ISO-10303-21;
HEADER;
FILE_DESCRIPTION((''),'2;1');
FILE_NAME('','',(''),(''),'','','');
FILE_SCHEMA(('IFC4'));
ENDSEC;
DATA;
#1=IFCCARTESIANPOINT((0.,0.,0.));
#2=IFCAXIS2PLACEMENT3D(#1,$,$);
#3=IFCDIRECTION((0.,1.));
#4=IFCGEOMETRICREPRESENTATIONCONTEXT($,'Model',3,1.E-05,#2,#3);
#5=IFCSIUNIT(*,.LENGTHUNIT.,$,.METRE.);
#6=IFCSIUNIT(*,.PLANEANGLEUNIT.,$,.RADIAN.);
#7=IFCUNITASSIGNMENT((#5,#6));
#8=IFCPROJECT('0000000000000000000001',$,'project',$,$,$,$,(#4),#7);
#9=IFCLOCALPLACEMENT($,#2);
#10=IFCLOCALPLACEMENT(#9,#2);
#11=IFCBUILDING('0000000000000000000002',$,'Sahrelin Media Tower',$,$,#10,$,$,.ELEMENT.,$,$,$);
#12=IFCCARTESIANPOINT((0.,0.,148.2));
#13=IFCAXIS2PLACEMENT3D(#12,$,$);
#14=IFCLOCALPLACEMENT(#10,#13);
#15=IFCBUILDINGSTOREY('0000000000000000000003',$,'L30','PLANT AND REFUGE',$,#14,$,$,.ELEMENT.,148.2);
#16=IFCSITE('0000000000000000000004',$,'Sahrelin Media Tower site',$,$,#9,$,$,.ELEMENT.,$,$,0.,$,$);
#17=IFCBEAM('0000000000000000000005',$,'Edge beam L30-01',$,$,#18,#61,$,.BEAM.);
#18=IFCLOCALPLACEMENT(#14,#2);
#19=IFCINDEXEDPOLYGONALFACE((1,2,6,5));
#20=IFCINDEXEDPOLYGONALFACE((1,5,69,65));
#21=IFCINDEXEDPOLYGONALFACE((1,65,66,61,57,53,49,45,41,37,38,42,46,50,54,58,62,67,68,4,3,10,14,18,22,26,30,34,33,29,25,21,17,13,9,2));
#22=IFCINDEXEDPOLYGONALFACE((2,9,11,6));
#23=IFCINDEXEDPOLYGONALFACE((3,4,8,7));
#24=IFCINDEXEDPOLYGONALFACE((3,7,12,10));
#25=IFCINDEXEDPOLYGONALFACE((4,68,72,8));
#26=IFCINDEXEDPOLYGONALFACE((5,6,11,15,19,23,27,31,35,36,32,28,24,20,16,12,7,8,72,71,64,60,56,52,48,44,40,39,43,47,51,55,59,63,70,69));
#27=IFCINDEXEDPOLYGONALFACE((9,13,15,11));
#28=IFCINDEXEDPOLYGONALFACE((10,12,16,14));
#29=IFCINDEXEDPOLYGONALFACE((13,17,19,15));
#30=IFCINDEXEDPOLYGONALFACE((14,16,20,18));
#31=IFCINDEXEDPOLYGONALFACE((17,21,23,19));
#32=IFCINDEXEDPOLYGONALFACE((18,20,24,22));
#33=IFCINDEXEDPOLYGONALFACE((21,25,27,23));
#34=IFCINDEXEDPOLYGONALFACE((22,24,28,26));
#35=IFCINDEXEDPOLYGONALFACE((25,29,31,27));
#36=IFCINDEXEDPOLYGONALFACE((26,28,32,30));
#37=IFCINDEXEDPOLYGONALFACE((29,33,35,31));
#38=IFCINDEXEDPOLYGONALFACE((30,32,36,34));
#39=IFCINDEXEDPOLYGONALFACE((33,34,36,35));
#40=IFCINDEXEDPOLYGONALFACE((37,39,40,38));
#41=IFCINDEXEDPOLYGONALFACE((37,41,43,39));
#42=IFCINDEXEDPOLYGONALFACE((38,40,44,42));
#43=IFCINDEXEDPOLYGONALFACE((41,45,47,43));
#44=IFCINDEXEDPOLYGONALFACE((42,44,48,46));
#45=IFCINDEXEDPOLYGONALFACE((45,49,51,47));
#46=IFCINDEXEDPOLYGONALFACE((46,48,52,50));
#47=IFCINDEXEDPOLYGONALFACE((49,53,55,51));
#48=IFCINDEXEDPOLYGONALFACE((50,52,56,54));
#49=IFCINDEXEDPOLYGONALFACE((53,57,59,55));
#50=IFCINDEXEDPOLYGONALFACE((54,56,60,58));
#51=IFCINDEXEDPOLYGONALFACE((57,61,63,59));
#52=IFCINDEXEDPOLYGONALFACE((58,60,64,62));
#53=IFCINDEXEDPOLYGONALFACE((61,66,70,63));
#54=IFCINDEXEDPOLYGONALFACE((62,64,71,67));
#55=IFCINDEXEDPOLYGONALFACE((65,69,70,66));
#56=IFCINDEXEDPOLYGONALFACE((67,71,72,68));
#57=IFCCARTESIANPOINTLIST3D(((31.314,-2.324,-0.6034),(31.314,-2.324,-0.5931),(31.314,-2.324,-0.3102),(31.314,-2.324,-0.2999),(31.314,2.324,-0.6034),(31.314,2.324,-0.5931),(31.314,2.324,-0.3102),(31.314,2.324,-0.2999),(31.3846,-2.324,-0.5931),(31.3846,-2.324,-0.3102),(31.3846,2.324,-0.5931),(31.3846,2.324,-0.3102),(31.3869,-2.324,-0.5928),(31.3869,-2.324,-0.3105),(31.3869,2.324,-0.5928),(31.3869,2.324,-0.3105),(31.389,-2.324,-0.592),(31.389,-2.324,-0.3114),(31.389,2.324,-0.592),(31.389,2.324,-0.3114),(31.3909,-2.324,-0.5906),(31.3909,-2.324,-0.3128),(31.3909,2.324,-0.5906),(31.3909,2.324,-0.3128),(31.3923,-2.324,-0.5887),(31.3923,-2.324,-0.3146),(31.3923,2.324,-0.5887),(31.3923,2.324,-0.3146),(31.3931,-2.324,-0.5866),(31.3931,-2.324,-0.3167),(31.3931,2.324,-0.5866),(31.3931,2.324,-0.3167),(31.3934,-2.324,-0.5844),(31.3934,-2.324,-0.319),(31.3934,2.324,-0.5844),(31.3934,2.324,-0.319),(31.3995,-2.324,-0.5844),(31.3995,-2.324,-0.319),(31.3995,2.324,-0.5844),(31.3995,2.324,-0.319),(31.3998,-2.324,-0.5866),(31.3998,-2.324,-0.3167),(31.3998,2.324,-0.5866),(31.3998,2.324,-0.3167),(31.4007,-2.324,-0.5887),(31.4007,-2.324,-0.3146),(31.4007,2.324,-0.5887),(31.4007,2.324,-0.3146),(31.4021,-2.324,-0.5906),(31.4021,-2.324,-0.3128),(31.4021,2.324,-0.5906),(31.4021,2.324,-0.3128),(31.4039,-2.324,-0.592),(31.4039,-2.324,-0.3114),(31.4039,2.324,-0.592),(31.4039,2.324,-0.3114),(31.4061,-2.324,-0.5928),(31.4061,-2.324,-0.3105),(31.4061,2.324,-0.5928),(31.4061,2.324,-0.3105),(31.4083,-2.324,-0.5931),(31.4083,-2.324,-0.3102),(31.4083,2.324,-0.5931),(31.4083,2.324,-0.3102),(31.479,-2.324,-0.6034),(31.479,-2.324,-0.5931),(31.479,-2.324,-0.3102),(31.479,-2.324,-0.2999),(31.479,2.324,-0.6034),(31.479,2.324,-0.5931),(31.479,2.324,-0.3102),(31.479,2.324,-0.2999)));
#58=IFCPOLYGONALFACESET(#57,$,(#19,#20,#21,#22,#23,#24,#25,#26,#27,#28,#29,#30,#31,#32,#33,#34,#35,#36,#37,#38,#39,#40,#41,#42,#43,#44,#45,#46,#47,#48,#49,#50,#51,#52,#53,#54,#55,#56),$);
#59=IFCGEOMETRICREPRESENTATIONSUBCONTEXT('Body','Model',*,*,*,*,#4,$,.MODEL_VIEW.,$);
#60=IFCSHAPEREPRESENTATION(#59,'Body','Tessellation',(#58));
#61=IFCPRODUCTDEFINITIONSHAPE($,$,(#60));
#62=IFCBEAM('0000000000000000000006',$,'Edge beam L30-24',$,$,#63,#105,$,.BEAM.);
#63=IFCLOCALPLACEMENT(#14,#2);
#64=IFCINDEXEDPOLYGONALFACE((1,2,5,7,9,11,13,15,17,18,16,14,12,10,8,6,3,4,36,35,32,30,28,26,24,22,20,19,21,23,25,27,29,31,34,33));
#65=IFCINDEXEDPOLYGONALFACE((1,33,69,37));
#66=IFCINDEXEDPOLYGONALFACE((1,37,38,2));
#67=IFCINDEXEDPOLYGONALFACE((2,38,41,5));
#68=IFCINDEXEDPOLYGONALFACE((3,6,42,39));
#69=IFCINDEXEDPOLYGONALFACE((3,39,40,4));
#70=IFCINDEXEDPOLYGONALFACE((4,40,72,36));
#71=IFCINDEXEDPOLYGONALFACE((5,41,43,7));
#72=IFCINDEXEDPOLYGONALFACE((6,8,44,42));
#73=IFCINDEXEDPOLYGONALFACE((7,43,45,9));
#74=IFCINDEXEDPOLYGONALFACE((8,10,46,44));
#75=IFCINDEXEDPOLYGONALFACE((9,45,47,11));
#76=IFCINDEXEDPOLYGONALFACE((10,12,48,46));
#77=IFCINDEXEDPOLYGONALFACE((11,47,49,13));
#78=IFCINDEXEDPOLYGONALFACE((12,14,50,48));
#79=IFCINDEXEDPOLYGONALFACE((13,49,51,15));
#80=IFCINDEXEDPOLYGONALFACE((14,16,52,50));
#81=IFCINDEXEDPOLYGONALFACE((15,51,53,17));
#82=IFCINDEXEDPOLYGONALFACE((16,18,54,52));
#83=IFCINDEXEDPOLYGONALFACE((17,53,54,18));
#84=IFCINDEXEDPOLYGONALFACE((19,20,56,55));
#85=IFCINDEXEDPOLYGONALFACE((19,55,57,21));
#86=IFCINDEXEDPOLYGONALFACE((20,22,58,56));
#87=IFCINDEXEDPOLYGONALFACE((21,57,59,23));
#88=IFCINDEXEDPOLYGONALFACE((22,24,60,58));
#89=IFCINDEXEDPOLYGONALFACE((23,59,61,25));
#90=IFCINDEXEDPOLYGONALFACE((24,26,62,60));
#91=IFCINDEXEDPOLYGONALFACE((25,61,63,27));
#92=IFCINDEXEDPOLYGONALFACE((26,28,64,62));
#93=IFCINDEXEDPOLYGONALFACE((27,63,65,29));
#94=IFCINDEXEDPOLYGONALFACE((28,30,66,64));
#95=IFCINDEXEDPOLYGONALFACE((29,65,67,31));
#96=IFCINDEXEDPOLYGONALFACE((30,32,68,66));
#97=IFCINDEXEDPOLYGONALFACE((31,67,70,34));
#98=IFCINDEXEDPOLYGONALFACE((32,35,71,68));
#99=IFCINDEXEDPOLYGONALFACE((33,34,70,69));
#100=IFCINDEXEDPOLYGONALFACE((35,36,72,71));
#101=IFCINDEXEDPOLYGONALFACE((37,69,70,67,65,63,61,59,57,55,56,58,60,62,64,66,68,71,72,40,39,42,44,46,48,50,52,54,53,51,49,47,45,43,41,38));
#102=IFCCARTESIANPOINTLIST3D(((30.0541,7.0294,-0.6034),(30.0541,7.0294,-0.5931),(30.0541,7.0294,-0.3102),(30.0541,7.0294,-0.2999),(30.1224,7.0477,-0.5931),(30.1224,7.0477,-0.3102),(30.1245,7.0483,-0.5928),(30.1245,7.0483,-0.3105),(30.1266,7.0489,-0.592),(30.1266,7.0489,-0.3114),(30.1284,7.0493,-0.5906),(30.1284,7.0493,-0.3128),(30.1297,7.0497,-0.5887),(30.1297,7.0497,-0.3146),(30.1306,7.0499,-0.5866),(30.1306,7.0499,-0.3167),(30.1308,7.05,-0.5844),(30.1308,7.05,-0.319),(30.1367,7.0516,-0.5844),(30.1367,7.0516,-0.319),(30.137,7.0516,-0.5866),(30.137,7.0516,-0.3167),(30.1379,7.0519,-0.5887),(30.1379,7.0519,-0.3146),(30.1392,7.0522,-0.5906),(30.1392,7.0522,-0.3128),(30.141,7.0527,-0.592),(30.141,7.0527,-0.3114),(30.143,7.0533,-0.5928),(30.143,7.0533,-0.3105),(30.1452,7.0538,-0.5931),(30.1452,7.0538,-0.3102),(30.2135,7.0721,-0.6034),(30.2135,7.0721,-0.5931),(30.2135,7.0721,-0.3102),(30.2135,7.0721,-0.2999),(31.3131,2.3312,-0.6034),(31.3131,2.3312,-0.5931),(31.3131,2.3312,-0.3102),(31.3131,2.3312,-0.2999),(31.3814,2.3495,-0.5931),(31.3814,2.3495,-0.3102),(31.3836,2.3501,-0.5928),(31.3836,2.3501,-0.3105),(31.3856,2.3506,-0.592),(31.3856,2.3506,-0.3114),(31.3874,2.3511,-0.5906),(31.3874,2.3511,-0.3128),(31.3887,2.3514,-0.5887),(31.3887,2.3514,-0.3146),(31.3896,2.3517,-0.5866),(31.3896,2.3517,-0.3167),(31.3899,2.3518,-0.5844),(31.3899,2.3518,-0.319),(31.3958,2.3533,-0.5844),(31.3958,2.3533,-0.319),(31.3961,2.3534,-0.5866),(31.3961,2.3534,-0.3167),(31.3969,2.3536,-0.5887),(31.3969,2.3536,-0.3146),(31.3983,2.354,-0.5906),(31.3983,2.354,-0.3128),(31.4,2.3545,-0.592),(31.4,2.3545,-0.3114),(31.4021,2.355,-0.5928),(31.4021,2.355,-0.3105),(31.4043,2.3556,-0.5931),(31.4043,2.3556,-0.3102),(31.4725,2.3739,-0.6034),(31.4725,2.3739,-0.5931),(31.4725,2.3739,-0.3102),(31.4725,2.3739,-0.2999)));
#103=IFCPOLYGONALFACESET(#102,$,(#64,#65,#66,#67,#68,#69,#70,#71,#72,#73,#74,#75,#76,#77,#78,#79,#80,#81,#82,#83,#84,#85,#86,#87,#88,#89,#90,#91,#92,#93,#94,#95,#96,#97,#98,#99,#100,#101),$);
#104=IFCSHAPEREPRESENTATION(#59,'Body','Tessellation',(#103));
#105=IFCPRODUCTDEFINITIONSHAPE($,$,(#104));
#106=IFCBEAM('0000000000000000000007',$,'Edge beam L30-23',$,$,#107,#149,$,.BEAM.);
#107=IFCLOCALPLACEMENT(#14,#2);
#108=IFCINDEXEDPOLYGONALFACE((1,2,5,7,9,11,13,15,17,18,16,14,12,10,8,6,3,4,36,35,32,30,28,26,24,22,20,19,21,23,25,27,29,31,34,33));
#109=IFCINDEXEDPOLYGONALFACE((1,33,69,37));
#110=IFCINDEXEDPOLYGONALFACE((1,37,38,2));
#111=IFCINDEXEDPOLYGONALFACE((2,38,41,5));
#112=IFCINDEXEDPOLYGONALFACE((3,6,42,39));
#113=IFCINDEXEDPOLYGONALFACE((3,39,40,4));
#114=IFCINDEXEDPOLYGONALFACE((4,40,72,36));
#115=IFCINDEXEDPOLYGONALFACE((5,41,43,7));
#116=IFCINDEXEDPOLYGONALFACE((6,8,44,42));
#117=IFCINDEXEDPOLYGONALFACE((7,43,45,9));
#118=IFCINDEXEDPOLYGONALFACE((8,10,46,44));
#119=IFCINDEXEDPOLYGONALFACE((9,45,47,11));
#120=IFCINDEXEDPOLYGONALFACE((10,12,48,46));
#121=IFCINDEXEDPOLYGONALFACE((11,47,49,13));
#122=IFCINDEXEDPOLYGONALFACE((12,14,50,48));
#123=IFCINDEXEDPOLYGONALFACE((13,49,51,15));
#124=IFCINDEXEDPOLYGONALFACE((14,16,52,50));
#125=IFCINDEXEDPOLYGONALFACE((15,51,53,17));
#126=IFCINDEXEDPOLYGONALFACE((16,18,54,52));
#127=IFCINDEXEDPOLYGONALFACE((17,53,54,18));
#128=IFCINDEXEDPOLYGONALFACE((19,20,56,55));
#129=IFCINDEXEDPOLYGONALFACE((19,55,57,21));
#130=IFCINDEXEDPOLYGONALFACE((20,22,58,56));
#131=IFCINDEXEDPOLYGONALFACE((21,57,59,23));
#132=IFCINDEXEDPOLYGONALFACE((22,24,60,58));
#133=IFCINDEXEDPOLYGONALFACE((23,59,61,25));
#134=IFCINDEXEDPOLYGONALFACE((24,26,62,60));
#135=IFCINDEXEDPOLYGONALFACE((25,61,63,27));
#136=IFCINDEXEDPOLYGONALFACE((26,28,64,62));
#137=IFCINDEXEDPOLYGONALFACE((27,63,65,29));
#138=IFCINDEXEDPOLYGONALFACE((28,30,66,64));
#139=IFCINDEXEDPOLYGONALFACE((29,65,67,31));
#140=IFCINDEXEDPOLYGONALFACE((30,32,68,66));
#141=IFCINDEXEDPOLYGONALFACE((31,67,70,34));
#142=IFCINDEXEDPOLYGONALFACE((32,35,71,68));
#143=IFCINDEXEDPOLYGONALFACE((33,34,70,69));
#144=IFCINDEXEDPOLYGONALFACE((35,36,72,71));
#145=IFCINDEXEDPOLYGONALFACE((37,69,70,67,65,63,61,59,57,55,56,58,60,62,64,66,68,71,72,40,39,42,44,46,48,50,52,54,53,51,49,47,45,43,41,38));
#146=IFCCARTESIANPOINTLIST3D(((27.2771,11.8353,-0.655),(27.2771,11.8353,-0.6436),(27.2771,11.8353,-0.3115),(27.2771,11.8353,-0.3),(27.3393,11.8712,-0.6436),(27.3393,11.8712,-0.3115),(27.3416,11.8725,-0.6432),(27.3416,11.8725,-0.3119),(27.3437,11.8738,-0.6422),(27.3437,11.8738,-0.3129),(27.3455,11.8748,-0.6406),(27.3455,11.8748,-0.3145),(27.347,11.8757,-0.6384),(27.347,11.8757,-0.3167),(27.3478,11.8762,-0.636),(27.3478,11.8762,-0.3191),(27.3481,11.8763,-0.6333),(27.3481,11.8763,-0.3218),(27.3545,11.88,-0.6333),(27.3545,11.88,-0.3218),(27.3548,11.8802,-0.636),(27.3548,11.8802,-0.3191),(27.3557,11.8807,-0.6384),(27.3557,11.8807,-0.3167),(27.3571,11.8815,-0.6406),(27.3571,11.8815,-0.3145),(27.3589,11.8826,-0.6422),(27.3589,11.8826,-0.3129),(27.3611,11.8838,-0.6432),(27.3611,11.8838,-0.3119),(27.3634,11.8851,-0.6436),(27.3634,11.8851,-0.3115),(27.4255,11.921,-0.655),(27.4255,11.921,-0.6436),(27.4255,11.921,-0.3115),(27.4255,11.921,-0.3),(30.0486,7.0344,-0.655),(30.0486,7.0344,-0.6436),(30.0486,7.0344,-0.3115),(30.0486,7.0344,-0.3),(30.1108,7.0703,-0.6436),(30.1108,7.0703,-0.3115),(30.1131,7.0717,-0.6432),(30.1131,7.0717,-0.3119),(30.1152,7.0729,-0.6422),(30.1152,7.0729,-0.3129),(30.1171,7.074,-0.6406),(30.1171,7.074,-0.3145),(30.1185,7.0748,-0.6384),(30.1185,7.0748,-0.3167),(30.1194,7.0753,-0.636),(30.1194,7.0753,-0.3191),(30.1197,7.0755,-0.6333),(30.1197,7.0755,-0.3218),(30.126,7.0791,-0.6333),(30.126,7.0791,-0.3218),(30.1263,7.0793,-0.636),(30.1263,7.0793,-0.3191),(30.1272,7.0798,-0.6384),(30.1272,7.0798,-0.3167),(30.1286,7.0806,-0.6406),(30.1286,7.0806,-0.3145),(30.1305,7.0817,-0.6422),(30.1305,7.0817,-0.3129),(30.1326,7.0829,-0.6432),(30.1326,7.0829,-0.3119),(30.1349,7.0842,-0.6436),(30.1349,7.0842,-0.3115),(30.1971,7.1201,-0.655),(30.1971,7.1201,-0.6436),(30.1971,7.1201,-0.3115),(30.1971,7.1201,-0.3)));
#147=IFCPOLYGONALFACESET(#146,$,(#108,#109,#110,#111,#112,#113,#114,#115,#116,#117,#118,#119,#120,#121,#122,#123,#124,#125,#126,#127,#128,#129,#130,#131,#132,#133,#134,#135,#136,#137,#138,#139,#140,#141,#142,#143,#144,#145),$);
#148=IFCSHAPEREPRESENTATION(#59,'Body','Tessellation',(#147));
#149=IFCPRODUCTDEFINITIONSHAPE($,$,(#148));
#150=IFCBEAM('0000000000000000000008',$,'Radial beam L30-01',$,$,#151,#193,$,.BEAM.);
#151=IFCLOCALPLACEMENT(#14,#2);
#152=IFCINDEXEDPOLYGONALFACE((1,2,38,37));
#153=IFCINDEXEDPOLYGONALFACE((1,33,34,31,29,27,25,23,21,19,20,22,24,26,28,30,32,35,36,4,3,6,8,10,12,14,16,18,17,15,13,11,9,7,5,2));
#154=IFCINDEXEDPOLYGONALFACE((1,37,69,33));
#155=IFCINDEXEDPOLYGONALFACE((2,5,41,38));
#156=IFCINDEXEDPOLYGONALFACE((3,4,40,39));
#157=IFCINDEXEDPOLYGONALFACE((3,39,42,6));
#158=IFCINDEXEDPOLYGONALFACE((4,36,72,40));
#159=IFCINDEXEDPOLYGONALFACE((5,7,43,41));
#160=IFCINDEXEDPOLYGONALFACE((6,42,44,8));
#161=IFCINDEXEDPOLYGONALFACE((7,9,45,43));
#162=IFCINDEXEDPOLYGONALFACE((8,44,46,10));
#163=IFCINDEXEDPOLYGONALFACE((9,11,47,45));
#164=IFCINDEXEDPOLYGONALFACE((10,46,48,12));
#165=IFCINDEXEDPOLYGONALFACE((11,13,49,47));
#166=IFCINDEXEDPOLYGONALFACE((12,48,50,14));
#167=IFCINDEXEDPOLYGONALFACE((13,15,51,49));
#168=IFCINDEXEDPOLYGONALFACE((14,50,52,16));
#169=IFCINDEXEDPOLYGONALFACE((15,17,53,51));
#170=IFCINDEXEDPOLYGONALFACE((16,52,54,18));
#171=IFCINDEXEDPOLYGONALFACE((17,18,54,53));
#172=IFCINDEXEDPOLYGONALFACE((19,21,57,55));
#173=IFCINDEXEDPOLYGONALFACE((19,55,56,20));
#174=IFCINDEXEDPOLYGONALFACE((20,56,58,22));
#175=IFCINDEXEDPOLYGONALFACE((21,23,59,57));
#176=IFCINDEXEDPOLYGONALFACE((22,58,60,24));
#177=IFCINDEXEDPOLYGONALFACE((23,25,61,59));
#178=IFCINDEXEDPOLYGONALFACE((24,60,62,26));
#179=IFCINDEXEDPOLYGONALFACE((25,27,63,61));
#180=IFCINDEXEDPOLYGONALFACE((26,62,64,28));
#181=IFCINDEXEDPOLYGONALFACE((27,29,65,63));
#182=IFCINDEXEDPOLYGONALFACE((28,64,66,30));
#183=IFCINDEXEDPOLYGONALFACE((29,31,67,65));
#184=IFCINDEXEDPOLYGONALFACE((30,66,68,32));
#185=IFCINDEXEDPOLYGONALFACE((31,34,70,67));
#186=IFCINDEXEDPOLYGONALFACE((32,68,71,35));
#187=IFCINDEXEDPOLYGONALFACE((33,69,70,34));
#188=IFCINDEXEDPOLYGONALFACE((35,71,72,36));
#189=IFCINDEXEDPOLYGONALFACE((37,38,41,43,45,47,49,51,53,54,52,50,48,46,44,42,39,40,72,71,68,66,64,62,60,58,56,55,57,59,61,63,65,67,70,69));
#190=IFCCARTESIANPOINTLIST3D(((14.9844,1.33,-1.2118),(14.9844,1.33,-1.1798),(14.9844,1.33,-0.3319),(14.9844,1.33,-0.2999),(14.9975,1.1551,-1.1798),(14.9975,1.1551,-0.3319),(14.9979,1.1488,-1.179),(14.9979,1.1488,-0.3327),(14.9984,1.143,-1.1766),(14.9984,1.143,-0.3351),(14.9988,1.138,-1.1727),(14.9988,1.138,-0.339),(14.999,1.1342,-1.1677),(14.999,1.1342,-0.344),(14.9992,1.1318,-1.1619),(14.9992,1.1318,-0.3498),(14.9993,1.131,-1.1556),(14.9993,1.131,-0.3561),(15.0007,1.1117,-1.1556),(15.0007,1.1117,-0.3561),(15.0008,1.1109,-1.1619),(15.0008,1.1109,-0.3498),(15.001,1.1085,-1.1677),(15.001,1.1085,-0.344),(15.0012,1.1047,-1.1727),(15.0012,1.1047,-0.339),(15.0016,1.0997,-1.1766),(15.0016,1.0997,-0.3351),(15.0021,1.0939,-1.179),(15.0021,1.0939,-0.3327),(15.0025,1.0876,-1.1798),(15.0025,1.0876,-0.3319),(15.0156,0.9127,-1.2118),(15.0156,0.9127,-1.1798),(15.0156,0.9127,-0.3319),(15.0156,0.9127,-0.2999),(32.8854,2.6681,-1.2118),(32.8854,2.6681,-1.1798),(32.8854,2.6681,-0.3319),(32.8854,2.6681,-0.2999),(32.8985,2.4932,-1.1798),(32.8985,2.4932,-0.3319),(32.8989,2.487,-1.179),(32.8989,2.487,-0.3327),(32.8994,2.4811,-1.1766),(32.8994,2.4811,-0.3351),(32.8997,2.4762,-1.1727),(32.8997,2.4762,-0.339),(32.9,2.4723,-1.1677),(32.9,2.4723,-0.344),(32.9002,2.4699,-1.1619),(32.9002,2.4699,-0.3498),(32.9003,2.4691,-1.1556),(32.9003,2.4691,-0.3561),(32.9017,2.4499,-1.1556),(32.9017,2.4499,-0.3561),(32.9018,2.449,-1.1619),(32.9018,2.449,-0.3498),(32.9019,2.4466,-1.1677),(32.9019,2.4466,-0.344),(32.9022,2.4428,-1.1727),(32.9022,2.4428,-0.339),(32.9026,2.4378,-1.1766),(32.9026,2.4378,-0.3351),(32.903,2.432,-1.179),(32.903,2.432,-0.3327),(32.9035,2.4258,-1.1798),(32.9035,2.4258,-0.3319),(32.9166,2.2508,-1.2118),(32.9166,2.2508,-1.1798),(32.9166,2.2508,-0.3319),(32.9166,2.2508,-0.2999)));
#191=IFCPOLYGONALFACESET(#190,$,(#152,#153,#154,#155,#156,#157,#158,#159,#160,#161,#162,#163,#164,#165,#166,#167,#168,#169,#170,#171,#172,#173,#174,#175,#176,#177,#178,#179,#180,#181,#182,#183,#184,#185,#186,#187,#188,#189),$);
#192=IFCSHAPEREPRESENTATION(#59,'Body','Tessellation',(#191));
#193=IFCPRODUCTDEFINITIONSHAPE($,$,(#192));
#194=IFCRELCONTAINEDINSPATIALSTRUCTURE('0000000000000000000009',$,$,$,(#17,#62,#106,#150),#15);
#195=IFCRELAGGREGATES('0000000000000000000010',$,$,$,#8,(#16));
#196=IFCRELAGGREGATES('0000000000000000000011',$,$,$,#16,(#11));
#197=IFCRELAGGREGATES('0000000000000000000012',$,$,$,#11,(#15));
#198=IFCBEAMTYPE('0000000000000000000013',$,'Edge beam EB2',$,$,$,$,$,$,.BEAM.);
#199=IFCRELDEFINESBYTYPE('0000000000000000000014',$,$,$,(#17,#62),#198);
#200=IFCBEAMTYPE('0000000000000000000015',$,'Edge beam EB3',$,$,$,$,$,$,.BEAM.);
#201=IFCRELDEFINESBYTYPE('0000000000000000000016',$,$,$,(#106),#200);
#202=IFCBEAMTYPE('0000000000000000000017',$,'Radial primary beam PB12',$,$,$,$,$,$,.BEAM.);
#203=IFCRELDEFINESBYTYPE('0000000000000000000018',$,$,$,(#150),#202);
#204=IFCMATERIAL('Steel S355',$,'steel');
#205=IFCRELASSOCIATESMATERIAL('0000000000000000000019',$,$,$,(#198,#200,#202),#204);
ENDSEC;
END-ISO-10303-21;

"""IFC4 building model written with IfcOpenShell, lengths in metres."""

from ifc_helpers import new_model, si_unit, direction, frame, origin, origin_2d, place, context, subcontext, project, spatial, i_section, extrude, material, material_profile, profile_set, type_object, element, save


model = new_model("IFC4")

# Units and contexts
model_context = context("Model", 3, precision=1e-05, world=origin(), true_north=direction((0.0, 1.0)))
body_context = subcontext(model_context, "Body", "Model", "MODEL_VIEW")
ifc_project = project(units=[si_unit("LENGTHUNIT", "METRE"), si_unit("PLANEANGLEUNIT", "RADIAN")], contexts=[model_context])

# Site, building, storey
site_placement = place(None, origin())
site = spatial("IfcSite", under=ifc_project, at=site_placement, Name="Sahrelin Media Tower site", CompositionType="ELEMENT", RefElevation=0.0)
building_placement = place(site_placement, origin())
building = spatial("IfcBuilding", under=site, at=building_placement, Name="Sahrelin Media Tower", CompositionType="ELEMENT")
storey_placement = place(building_placement, frame((0.0, 0.0, 148.2)))
storey = spatial("IfcBuildingStorey", under=building, at=storey_placement, Name="L30", Description="PLANT AND REFUGE", CompositionType="ELEMENT", Elevation=148.2)

# Beams
ifc_material_1 = material(Name="Steel S355", Category="steel")
ifc_material_profile_1 = material_profile(ifc_material_1, i_section(OverallWidth=0.165, OverallDepth=0.3035, WebThickness=0.0061, FlangeThickness=0.0103, FilletRadius=0.0088, at=origin_2d()), Name="UB 305x165x40")
ifc_profile_set_1 = profile_set([ifc_material_profile_1], Name="Steel S355")
beam_type_1 = type_object("IfcBeamType", Name="Edge beam EB2", PredefinedType="BEAM", material=ifc_profile_set_1)
beam_1_placement = place(storey_placement, frame((31.3965, 2.324, -0.4517), z_axis=(0.0, -1.0, 0.0), x_axis=(1.0, 0.0, 0.0)))
element("IfcBeam", 1, at=beam_1_placement, inside=storey, type_object=beam_type_1, Name="Edge beam L30-01", PredefinedType="BEAM", context=body_context, shape_type="SweptSolid", body=[
    extrude(i_section(OverallWidth=0.165, OverallDepth=0.3035, WebThickness=0.0061, FlangeThickness=0.0103, FilletRadius=0.0088, at=origin_2d()), origin(), (0.0, 0.0, 1.0), 4.6479),
])
beam_2_placement = place(storey_placement, frame((30.1338, 7.0508, -0.4517), z_axis=(0.258846, -0.965918, 0.0), x_axis=(0.965918, 0.258846, 0.0)))
element("IfcBeam", 2, at=beam_2_placement, inside=storey, type_object=beam_type_1, Name="Edge beam L30-24", PredefinedType="BEAM", context=body_context, shape_type="SweptSolid", body=[
    extrude(i_section(OverallWidth=0.165, OverallDepth=0.3035, WebThickness=0.0061, FlangeThickness=0.0103, FilletRadius=0.0088, at=origin_2d()), origin(), (0.0, 0.0, 1.0), 4.864),
])
ifc_material_profile_2 = material_profile(ifc_material_1, i_section(OverallWidth=0.1714, OverallDepth=0.355, WebThickness=0.0073, FlangeThickness=0.0115, FilletRadius=0.0103, at=origin_2d()), Name="UB 356x171x51")
ifc_profile_set_2 = profile_set([ifc_material_profile_2], Name="Steel S355")
beam_type_2 = type_object("IfcBeamType", Name="Edge beam EB3", PredefinedType="BEAM", material=ifc_profile_set_2)
beam_3_placement = place(storey_placement, frame((27.3513, 11.8782, -0.4775), z_axis=(0.499966, -0.866045, 0.0), x_axis=(0.866045, 0.499966, 0.0)))
element("IfcBeam", 3, at=beam_3_placement, inside=storey, type_object=beam_type_2, Name="Edge beam L30-23", PredefinedType="BEAM", context=body_context, shape_type="SweptSolid", body=[
    extrude(i_section(OverallWidth=0.1714, OverallDepth=0.355, WebThickness=0.0073, FlangeThickness=0.0115, FilletRadius=0.0103, at=origin_2d()), origin(), (0.0, 0.0, 1.0), 5.5435),
])
ifc_material_profile_3 = material_profile(ifc_material_1, i_section(OverallWidth=0.4185, OverallDepth=0.9119, WebThickness=0.0193, FlangeThickness=0.032, FilletRadius=0.0242, at=origin_2d()), Name="UB 914x419x343")
ifc_profile_set_3 = profile_set([ifc_material_profile_3], Name="Steel S355")
beam_type_3 = type_object("IfcBeamType", Name="Radial primary beam PB12", PredefinedType="BEAM", material=ifc_profile_set_3)
beam_4_placement = place(storey_placement, frame((15.0, 1.1213, -0.7559), z_axis=(0.997218, 0.074544, 0.0), x_axis=(-0.074544, 0.997218, 0.0)))
element("IfcBeam", 4, at=beam_4_placement, inside=storey, type_object=beam_type_3, Name="Radial beam L30-01", PredefinedType="BEAM", context=body_context, shape_type="SweptSolid", body=[
    extrude(i_section(OverallWidth=0.4185, OverallDepth=0.9119, WebThickness=0.0193, FlangeThickness=0.032, FilletRadius=0.0242, at=origin_2d()), origin(), (0.0, 0.0, 1.0), 17.9509),
])

save(model, "model.ifc")
